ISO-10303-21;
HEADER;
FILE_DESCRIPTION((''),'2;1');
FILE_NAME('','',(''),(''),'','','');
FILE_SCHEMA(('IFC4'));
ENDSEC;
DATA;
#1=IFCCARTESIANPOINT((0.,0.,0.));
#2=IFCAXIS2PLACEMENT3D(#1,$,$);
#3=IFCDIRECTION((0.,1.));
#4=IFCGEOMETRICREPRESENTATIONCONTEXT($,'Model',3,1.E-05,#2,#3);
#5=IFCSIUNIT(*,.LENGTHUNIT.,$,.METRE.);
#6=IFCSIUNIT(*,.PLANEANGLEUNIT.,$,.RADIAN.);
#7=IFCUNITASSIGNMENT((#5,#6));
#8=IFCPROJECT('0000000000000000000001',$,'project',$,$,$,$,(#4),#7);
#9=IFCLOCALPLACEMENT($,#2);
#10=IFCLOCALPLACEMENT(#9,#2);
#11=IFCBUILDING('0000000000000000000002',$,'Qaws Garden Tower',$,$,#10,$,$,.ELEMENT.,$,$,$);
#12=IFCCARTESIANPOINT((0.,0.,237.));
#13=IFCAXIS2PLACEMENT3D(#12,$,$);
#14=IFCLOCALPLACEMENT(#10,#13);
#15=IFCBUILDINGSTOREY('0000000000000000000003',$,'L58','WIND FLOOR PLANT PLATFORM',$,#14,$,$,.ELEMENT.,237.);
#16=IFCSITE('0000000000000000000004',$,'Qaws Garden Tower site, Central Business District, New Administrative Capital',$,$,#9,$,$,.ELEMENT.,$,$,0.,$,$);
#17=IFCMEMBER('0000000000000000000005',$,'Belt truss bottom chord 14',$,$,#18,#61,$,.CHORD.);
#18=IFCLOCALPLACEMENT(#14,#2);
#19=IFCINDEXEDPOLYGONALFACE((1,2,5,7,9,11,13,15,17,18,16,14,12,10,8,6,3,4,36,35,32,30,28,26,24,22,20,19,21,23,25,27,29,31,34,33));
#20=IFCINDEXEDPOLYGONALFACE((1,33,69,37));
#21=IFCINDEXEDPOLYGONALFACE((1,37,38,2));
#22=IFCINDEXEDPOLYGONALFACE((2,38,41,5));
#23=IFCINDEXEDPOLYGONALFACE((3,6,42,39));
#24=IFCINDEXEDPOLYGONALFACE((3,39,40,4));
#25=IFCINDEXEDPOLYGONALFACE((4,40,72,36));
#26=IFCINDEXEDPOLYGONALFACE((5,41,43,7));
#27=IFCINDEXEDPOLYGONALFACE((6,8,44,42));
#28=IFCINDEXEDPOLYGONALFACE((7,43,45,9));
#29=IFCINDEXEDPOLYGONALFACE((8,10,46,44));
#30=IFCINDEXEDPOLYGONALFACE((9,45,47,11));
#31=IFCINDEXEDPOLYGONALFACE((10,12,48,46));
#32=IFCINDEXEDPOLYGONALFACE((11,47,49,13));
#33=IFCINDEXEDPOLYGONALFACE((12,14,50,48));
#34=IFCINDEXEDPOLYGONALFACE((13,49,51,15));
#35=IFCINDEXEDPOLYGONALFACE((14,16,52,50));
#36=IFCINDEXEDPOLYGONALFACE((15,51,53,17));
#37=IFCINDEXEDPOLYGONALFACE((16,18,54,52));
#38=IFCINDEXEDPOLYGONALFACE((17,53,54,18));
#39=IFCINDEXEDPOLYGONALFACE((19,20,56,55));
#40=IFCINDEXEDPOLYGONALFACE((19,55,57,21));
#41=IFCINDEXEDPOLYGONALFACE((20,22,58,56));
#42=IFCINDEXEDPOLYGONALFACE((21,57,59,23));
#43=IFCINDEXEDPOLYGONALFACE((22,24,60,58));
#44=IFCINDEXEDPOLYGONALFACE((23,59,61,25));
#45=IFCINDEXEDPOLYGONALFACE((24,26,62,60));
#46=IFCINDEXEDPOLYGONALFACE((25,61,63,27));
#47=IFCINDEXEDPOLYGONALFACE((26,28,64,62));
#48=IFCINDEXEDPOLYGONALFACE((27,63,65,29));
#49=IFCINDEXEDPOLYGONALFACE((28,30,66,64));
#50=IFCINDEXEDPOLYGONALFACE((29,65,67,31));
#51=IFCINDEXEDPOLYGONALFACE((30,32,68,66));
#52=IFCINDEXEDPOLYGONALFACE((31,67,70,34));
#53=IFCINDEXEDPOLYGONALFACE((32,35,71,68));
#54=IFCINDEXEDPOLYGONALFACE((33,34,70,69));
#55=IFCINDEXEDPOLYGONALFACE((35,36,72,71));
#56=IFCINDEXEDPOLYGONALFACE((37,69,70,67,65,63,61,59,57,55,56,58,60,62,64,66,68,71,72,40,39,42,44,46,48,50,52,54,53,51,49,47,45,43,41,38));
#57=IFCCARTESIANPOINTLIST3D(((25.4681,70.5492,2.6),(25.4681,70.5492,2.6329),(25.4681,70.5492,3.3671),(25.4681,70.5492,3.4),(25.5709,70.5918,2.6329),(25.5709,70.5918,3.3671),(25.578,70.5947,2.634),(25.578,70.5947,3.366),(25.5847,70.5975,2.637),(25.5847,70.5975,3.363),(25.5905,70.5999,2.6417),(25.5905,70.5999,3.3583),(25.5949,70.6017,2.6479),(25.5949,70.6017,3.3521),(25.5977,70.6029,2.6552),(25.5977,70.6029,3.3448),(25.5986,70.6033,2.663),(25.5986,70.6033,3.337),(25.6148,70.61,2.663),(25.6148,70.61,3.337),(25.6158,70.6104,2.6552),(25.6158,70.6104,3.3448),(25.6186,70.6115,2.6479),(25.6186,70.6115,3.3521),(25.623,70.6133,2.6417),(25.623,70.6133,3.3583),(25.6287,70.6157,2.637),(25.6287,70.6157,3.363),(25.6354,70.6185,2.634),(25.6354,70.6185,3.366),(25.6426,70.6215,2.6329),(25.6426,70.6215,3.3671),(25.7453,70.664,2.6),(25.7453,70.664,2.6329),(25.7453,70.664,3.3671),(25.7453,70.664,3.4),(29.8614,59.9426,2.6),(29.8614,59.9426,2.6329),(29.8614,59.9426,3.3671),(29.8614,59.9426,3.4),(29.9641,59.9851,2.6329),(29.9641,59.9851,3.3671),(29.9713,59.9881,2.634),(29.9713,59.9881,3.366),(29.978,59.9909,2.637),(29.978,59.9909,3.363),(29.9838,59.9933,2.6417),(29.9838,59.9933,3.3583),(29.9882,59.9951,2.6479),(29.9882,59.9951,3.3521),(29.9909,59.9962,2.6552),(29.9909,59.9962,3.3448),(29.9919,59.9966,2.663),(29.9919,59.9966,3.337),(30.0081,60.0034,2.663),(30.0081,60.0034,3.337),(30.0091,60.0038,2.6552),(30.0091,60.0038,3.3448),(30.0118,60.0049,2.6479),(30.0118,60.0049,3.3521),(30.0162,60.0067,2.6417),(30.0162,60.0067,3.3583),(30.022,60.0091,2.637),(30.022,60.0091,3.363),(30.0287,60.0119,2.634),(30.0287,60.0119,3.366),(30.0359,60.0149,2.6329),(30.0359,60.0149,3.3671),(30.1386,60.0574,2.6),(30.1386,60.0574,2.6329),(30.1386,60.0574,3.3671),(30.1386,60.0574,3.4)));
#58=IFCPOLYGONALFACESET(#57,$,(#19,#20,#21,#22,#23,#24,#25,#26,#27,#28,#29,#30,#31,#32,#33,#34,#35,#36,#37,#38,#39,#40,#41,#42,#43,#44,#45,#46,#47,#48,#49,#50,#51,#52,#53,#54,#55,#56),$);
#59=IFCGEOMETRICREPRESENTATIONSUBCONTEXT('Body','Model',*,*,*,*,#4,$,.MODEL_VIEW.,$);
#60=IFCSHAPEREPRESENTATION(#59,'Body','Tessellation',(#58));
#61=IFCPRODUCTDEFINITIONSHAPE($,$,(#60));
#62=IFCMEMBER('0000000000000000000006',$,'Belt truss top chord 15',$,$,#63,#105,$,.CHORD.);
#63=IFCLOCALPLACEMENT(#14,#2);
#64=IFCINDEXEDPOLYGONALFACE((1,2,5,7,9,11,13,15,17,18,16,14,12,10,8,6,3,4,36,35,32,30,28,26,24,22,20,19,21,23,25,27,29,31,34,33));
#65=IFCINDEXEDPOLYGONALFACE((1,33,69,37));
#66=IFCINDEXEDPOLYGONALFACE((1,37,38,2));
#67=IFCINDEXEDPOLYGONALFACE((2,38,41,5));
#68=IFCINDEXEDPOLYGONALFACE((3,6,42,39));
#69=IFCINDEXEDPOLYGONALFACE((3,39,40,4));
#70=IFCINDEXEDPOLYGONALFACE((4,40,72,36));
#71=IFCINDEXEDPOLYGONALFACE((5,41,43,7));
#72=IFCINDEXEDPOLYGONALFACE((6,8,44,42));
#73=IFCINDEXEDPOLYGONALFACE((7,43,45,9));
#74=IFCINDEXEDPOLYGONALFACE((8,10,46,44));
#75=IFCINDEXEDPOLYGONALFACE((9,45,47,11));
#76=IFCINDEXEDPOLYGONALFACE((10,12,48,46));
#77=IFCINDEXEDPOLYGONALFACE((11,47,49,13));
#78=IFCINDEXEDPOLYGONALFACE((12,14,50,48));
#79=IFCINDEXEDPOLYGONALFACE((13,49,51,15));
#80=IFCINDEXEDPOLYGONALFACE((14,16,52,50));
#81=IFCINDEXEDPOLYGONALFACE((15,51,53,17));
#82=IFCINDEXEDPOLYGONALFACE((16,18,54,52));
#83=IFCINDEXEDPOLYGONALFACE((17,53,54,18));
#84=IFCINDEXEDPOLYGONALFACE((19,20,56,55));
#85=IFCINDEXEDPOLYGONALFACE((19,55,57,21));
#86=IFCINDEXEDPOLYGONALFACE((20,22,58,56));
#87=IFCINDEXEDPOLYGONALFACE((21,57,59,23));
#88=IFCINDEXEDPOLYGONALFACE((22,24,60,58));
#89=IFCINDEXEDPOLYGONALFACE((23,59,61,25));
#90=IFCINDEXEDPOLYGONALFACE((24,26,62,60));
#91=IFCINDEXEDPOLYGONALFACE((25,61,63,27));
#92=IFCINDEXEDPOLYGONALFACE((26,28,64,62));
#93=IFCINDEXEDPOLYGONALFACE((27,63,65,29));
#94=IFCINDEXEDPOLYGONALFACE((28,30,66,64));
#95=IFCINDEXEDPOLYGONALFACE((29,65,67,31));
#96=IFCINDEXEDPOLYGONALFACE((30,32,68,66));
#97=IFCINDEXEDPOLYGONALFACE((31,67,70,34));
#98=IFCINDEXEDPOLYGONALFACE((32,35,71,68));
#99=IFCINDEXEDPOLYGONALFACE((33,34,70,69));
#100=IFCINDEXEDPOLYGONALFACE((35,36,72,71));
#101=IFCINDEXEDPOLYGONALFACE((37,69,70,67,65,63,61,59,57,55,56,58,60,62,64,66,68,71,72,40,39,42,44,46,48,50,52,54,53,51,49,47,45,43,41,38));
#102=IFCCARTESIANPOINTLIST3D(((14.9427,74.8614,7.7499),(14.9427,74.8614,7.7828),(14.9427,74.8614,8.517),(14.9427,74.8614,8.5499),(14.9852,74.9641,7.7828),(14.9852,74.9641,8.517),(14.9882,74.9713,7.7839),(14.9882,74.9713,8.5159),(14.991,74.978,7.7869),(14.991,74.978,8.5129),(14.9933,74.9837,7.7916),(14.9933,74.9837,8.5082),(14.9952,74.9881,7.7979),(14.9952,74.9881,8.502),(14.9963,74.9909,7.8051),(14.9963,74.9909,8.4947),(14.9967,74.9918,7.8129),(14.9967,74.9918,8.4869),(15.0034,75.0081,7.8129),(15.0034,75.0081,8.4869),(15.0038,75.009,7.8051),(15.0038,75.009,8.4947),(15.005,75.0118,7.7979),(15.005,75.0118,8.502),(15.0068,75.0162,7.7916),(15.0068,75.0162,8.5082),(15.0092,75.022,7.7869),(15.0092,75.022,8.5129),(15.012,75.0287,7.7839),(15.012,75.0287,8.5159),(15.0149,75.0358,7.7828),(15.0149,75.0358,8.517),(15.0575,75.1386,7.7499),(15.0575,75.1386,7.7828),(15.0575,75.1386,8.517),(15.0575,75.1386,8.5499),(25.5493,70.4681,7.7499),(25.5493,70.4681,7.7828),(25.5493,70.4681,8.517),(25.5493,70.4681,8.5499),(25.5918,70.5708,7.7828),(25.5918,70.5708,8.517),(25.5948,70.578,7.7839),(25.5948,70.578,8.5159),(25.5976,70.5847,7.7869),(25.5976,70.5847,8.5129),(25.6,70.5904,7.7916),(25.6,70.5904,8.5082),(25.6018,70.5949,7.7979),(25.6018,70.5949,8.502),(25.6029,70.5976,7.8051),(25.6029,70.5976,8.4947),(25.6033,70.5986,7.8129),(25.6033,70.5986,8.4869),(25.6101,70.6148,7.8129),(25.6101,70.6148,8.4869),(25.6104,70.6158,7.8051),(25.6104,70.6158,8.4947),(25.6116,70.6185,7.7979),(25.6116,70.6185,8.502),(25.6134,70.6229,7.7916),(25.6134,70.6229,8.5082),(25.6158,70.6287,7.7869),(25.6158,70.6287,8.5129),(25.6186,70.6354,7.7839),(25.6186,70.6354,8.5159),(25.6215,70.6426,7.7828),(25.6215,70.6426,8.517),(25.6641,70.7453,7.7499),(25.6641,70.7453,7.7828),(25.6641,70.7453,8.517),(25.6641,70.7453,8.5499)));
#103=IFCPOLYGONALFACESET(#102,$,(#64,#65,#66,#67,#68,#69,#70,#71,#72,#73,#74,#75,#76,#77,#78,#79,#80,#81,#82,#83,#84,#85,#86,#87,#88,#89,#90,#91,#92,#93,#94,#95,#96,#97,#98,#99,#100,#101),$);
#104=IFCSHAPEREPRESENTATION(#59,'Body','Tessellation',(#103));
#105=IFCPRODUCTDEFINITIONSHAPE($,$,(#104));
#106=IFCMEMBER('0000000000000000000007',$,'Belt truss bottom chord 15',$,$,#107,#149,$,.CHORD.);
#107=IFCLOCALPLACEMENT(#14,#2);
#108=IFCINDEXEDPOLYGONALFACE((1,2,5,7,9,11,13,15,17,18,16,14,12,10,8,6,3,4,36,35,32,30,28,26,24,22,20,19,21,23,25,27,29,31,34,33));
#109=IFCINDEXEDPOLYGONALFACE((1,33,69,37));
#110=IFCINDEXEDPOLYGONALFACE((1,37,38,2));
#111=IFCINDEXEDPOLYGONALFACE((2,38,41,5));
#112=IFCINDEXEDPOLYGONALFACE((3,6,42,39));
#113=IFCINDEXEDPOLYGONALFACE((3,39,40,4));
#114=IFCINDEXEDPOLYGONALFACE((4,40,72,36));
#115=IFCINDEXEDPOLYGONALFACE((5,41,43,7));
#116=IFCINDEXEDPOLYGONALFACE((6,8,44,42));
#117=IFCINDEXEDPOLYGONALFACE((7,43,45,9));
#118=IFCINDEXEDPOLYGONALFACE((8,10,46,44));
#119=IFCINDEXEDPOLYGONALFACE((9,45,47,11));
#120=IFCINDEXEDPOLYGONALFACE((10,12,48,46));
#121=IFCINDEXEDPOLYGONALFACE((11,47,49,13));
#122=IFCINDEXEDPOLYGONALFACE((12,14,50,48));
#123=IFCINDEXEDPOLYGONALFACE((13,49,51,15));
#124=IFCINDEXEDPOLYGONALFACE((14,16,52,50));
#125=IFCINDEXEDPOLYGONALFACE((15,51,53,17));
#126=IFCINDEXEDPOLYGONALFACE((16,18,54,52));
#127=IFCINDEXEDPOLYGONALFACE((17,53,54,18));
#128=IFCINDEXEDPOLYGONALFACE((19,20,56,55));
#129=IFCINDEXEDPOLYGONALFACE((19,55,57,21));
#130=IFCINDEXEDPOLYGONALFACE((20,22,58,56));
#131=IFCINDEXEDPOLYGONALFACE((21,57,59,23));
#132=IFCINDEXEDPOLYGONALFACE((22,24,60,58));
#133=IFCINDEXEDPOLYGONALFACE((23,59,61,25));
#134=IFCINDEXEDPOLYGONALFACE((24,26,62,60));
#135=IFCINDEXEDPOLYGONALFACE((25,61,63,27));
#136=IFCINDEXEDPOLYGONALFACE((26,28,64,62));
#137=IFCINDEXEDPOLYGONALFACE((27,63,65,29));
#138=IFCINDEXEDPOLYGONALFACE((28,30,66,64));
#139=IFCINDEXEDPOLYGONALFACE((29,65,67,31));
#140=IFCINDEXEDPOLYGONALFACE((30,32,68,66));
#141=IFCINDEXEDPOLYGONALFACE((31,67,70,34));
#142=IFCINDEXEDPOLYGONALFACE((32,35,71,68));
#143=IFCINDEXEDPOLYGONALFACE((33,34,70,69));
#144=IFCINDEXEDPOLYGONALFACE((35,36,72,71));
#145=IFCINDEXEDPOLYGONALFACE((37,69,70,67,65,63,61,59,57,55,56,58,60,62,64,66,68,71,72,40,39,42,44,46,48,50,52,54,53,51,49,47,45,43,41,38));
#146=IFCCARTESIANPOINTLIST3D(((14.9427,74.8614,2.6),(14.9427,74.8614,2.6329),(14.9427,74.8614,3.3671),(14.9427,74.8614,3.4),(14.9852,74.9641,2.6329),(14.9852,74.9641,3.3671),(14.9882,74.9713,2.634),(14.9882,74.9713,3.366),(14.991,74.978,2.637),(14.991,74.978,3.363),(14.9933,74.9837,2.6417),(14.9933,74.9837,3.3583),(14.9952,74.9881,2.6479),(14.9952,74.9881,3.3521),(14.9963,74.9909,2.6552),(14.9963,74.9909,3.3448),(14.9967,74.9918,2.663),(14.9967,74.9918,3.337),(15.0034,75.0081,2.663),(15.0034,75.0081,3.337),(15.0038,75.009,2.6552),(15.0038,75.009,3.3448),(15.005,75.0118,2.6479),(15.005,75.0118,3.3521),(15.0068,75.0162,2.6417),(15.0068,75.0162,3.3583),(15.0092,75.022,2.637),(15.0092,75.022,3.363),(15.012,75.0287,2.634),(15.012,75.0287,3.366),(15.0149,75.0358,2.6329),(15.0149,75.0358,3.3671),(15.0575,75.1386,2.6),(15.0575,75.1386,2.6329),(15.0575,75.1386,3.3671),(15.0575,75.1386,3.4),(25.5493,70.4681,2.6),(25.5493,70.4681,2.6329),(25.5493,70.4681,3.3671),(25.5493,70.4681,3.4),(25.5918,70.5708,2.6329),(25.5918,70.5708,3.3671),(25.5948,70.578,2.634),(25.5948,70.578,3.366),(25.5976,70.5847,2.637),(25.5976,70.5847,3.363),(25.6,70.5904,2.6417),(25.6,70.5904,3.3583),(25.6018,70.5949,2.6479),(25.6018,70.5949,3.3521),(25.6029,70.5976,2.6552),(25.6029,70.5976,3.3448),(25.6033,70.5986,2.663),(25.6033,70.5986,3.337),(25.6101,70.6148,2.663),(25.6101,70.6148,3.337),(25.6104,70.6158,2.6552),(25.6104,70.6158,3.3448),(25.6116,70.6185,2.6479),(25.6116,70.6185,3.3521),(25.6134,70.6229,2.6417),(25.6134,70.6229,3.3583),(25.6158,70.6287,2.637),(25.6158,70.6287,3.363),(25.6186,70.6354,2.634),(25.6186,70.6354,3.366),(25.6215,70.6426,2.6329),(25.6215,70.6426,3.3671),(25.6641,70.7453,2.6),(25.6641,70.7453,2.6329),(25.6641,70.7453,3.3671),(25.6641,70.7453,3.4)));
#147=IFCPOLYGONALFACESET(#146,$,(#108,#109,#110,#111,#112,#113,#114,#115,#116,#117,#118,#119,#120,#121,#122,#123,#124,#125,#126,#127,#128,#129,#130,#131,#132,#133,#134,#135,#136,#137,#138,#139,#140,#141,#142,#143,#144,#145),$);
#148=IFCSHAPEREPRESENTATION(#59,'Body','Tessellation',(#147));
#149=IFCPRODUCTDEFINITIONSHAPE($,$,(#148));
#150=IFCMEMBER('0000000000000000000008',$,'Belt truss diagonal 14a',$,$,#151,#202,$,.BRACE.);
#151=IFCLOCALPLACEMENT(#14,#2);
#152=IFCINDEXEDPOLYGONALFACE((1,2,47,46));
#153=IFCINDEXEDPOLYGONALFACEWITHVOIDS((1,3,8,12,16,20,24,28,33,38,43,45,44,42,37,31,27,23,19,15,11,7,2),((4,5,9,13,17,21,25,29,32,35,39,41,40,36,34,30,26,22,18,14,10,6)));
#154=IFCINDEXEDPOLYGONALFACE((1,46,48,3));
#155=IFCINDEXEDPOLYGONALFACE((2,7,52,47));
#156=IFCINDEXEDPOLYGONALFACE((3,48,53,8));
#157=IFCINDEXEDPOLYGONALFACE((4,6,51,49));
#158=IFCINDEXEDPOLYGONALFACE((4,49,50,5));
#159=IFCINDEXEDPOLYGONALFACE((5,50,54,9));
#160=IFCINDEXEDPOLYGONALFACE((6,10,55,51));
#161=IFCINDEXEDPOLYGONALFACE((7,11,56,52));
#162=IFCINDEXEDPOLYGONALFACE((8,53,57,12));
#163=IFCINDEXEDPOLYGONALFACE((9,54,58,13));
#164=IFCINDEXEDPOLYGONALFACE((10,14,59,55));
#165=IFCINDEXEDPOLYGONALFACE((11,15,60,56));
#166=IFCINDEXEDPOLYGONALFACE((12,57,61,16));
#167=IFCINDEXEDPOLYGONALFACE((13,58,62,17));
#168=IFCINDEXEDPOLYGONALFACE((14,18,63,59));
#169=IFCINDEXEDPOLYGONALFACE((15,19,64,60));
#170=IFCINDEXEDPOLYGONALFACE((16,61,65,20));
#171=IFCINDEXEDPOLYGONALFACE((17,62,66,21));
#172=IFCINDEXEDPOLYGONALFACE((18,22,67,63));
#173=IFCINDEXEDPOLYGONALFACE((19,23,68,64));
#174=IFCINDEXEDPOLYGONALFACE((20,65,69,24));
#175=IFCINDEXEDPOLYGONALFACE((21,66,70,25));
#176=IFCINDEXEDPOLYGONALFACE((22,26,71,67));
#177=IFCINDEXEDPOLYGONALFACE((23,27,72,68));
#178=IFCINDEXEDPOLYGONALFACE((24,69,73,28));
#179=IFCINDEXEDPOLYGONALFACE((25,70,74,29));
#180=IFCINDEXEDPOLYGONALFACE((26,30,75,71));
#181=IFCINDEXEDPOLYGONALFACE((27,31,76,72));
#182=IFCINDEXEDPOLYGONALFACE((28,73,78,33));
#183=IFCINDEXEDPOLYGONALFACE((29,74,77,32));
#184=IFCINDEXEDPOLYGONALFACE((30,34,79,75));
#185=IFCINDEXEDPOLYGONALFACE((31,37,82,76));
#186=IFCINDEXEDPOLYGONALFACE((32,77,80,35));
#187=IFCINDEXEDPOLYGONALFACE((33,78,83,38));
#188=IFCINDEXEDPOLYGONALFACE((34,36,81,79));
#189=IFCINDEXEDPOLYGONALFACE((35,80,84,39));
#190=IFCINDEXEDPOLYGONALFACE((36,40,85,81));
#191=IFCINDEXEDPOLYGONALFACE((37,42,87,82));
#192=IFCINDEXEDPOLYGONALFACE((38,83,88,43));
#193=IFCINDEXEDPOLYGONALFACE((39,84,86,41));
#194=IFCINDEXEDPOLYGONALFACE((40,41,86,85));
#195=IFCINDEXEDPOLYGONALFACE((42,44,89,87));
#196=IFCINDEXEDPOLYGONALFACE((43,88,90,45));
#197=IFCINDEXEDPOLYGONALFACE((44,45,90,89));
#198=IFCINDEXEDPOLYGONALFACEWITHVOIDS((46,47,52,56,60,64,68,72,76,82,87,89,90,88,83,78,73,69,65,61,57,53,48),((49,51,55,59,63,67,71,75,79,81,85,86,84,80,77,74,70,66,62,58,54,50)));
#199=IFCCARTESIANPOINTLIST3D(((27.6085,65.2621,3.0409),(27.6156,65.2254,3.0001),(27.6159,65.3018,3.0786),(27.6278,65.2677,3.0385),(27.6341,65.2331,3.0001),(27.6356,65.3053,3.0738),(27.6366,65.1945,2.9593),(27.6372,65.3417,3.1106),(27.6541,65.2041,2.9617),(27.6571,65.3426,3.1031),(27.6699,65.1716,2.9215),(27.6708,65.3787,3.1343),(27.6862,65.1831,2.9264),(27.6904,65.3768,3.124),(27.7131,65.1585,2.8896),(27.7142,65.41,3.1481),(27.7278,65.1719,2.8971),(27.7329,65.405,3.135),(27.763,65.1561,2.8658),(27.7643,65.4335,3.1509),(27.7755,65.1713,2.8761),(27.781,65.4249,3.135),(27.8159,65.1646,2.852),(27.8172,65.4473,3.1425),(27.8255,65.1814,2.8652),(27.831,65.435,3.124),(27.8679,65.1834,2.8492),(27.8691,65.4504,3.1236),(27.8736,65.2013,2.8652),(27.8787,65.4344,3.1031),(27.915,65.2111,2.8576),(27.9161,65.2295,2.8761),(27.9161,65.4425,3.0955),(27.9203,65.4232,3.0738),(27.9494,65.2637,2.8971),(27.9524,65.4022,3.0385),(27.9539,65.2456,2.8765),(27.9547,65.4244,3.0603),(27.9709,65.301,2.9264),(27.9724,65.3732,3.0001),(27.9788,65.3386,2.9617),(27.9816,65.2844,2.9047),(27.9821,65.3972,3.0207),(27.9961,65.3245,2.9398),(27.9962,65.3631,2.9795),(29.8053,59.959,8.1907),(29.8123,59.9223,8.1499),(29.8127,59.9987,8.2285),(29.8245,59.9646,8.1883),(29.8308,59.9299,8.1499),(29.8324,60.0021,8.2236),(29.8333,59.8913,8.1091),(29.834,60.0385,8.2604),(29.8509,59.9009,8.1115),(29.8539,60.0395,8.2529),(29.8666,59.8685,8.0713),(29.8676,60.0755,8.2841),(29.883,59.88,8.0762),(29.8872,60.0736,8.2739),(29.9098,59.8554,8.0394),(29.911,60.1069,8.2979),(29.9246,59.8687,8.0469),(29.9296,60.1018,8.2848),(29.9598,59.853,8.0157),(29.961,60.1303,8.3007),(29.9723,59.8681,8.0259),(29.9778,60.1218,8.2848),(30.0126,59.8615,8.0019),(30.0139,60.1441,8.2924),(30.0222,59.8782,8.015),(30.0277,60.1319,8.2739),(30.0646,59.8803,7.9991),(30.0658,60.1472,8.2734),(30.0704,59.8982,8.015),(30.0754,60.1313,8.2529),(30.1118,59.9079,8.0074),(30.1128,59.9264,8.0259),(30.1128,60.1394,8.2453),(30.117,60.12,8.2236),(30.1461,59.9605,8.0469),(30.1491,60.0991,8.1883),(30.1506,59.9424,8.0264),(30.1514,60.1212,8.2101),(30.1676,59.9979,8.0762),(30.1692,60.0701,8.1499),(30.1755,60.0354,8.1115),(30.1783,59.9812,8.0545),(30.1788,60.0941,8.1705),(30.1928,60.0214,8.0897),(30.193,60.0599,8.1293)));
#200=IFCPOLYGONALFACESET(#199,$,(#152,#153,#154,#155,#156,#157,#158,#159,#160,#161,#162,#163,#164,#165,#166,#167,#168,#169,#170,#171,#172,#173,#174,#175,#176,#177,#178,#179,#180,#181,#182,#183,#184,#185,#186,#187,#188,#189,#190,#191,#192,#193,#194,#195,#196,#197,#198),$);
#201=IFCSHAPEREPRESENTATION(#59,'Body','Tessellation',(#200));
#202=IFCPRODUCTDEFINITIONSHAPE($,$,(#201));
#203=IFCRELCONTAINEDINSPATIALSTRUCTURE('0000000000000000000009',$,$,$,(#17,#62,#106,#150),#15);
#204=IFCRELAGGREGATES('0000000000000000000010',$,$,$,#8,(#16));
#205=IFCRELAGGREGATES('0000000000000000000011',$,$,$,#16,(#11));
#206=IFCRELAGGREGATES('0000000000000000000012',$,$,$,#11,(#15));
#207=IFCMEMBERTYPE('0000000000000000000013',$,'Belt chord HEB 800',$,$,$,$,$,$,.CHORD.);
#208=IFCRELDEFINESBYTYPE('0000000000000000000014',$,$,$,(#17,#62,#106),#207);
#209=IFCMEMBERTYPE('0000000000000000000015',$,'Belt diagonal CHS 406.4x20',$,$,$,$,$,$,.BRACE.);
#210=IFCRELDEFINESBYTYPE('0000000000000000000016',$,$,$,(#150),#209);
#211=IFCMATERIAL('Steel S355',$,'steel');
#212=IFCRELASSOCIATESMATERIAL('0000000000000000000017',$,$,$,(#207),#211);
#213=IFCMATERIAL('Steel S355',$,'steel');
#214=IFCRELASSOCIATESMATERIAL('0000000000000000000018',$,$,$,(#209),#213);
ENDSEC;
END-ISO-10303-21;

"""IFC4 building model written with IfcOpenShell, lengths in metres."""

from ifc_helpers import new_model, si_unit, direction, frame, origin, origin_2d, place, context, subcontext, project, spatial, hollow_circle, i_section, extrude, material, material_profile, profile_set, type_object, element, save


model = new_model("IFC4")

# Units and contexts
model_context = context("Model", 3, precision=1e-05, world=origin(), true_north=direction((0.0, 1.0)))
body_context = subcontext(model_context, "Body", "Model", "MODEL_VIEW")
ifc_project = project(units=[si_unit("LENGTHUNIT", "METRE"), si_unit("PLANEANGLEUNIT", "RADIAN")], contexts=[model_context])

# Site, building, storey
site_placement = place(None, origin())
site = spatial("IfcSite", under=ifc_project, at=site_placement, Name="Qaws Garden Tower site, Central Business District, New Administrative Capital", CompositionType="ELEMENT", RefElevation=0.0)
building_placement = place(site_placement, origin())
building = spatial("IfcBuilding", under=site, at=building_placement, Name="Qaws Garden Tower", CompositionType="ELEMENT")
storey_placement = place(building_placement, frame((0.0, 0.0, 237.0)))
storey = spatial("IfcBuildingStorey", under=building, at=storey_placement, Name="L58", Description="WIND FLOOR PLANT PLATFORM", CompositionType="ELEMENT", Elevation=237.0)

# Members
ifc_material_1 = material(Name="Steel S355", Category="steel")
ifc_material_profile_1 = material_profile(ifc_material_1, i_section(OverallWidth=0.3, OverallDepth=0.8, WebThickness=0.0176, FlangeThickness=0.033, FilletRadius=0.03, at=origin_2d()), Name="HEB 800")
ifc_profile_set_1 = profile_set([ifc_material_profile_1], Name="Steel S355")
member_type_1 = type_object("IfcMemberType", Name="Belt chord HEB 800", PredefinedType="CHORD", material=ifc_profile_set_1)
for number, where, z_axis, x_axis, name in (
    (1, (30.0, 60.0, 3.0), (-0.382674, 0.923883, 0.0), (-0.923883, -0.382674, 0.0), "Belt truss bottom chord 14"),
    (2, (25.6067, 70.6067, 8.1499), (-0.923883, 0.382674, 0.0), (-0.382674, -0.923883, 0.0), "Belt truss top chord 15"),
    (3, (25.6067, 70.6067, 3.0), (-0.923883, 0.382674, 0.0), (-0.382674, -0.923883, 0.0), "Belt truss bottom chord 15"),
):
    element("IfcMember", number, at=place(storey_placement, frame(where, z_axis=z_axis, x_axis=x_axis)), inside=storey, type_object=member_type_1, Name=name, PredefinedType="CHORD", context=body_context, shape_type="SweptSolid", body=[
        extrude(i_section(OverallWidth=0.3, OverallDepth=0.8, WebThickness=0.0176, FlangeThickness=0.033, FilletRadius=0.03, at=origin_2d()), origin(), (0.0, 0.0, 1.0), 11.4805),
    ])
ifc_material_2 = material(Name="Steel S355", Category="steel")
ifc_material_profile_2 = material_profile(ifc_material_2, hollow_circle(Radius=0.2031, WallThickness=0.02, at=origin_2d()), Name="CHS 406.4x20")
ifc_profile_set_2 = profile_set([ifc_material_profile_2], Name="Steel S355")
member_type_2 = type_object("IfcMemberType", Name="Belt diagonal CHS 406.4x20", PredefinedType="BRACE", material=ifc_profile_set_2)
member_1_placement = place(storey_placement, frame((30.0, 60.0, 8.1499), z_axis=(-0.28486, 0.687678, -0.667797), x_axis=(-0.923873, -0.3827, 0.0)))
element("IfcMember", 4, at=member_1_placement, inside=storey, type_object=member_type_2, Name="Belt truss diagonal 14a", PredefinedType="BRACE", context=body_context, shape_type="SweptSolid", body=[
    extrude(hollow_circle(Radius=0.2031, WallThickness=0.02, at=origin_2d()), origin(), (0.0, 0.0, 1.0), 7.7117),
])

save(model, "model.ifc")
